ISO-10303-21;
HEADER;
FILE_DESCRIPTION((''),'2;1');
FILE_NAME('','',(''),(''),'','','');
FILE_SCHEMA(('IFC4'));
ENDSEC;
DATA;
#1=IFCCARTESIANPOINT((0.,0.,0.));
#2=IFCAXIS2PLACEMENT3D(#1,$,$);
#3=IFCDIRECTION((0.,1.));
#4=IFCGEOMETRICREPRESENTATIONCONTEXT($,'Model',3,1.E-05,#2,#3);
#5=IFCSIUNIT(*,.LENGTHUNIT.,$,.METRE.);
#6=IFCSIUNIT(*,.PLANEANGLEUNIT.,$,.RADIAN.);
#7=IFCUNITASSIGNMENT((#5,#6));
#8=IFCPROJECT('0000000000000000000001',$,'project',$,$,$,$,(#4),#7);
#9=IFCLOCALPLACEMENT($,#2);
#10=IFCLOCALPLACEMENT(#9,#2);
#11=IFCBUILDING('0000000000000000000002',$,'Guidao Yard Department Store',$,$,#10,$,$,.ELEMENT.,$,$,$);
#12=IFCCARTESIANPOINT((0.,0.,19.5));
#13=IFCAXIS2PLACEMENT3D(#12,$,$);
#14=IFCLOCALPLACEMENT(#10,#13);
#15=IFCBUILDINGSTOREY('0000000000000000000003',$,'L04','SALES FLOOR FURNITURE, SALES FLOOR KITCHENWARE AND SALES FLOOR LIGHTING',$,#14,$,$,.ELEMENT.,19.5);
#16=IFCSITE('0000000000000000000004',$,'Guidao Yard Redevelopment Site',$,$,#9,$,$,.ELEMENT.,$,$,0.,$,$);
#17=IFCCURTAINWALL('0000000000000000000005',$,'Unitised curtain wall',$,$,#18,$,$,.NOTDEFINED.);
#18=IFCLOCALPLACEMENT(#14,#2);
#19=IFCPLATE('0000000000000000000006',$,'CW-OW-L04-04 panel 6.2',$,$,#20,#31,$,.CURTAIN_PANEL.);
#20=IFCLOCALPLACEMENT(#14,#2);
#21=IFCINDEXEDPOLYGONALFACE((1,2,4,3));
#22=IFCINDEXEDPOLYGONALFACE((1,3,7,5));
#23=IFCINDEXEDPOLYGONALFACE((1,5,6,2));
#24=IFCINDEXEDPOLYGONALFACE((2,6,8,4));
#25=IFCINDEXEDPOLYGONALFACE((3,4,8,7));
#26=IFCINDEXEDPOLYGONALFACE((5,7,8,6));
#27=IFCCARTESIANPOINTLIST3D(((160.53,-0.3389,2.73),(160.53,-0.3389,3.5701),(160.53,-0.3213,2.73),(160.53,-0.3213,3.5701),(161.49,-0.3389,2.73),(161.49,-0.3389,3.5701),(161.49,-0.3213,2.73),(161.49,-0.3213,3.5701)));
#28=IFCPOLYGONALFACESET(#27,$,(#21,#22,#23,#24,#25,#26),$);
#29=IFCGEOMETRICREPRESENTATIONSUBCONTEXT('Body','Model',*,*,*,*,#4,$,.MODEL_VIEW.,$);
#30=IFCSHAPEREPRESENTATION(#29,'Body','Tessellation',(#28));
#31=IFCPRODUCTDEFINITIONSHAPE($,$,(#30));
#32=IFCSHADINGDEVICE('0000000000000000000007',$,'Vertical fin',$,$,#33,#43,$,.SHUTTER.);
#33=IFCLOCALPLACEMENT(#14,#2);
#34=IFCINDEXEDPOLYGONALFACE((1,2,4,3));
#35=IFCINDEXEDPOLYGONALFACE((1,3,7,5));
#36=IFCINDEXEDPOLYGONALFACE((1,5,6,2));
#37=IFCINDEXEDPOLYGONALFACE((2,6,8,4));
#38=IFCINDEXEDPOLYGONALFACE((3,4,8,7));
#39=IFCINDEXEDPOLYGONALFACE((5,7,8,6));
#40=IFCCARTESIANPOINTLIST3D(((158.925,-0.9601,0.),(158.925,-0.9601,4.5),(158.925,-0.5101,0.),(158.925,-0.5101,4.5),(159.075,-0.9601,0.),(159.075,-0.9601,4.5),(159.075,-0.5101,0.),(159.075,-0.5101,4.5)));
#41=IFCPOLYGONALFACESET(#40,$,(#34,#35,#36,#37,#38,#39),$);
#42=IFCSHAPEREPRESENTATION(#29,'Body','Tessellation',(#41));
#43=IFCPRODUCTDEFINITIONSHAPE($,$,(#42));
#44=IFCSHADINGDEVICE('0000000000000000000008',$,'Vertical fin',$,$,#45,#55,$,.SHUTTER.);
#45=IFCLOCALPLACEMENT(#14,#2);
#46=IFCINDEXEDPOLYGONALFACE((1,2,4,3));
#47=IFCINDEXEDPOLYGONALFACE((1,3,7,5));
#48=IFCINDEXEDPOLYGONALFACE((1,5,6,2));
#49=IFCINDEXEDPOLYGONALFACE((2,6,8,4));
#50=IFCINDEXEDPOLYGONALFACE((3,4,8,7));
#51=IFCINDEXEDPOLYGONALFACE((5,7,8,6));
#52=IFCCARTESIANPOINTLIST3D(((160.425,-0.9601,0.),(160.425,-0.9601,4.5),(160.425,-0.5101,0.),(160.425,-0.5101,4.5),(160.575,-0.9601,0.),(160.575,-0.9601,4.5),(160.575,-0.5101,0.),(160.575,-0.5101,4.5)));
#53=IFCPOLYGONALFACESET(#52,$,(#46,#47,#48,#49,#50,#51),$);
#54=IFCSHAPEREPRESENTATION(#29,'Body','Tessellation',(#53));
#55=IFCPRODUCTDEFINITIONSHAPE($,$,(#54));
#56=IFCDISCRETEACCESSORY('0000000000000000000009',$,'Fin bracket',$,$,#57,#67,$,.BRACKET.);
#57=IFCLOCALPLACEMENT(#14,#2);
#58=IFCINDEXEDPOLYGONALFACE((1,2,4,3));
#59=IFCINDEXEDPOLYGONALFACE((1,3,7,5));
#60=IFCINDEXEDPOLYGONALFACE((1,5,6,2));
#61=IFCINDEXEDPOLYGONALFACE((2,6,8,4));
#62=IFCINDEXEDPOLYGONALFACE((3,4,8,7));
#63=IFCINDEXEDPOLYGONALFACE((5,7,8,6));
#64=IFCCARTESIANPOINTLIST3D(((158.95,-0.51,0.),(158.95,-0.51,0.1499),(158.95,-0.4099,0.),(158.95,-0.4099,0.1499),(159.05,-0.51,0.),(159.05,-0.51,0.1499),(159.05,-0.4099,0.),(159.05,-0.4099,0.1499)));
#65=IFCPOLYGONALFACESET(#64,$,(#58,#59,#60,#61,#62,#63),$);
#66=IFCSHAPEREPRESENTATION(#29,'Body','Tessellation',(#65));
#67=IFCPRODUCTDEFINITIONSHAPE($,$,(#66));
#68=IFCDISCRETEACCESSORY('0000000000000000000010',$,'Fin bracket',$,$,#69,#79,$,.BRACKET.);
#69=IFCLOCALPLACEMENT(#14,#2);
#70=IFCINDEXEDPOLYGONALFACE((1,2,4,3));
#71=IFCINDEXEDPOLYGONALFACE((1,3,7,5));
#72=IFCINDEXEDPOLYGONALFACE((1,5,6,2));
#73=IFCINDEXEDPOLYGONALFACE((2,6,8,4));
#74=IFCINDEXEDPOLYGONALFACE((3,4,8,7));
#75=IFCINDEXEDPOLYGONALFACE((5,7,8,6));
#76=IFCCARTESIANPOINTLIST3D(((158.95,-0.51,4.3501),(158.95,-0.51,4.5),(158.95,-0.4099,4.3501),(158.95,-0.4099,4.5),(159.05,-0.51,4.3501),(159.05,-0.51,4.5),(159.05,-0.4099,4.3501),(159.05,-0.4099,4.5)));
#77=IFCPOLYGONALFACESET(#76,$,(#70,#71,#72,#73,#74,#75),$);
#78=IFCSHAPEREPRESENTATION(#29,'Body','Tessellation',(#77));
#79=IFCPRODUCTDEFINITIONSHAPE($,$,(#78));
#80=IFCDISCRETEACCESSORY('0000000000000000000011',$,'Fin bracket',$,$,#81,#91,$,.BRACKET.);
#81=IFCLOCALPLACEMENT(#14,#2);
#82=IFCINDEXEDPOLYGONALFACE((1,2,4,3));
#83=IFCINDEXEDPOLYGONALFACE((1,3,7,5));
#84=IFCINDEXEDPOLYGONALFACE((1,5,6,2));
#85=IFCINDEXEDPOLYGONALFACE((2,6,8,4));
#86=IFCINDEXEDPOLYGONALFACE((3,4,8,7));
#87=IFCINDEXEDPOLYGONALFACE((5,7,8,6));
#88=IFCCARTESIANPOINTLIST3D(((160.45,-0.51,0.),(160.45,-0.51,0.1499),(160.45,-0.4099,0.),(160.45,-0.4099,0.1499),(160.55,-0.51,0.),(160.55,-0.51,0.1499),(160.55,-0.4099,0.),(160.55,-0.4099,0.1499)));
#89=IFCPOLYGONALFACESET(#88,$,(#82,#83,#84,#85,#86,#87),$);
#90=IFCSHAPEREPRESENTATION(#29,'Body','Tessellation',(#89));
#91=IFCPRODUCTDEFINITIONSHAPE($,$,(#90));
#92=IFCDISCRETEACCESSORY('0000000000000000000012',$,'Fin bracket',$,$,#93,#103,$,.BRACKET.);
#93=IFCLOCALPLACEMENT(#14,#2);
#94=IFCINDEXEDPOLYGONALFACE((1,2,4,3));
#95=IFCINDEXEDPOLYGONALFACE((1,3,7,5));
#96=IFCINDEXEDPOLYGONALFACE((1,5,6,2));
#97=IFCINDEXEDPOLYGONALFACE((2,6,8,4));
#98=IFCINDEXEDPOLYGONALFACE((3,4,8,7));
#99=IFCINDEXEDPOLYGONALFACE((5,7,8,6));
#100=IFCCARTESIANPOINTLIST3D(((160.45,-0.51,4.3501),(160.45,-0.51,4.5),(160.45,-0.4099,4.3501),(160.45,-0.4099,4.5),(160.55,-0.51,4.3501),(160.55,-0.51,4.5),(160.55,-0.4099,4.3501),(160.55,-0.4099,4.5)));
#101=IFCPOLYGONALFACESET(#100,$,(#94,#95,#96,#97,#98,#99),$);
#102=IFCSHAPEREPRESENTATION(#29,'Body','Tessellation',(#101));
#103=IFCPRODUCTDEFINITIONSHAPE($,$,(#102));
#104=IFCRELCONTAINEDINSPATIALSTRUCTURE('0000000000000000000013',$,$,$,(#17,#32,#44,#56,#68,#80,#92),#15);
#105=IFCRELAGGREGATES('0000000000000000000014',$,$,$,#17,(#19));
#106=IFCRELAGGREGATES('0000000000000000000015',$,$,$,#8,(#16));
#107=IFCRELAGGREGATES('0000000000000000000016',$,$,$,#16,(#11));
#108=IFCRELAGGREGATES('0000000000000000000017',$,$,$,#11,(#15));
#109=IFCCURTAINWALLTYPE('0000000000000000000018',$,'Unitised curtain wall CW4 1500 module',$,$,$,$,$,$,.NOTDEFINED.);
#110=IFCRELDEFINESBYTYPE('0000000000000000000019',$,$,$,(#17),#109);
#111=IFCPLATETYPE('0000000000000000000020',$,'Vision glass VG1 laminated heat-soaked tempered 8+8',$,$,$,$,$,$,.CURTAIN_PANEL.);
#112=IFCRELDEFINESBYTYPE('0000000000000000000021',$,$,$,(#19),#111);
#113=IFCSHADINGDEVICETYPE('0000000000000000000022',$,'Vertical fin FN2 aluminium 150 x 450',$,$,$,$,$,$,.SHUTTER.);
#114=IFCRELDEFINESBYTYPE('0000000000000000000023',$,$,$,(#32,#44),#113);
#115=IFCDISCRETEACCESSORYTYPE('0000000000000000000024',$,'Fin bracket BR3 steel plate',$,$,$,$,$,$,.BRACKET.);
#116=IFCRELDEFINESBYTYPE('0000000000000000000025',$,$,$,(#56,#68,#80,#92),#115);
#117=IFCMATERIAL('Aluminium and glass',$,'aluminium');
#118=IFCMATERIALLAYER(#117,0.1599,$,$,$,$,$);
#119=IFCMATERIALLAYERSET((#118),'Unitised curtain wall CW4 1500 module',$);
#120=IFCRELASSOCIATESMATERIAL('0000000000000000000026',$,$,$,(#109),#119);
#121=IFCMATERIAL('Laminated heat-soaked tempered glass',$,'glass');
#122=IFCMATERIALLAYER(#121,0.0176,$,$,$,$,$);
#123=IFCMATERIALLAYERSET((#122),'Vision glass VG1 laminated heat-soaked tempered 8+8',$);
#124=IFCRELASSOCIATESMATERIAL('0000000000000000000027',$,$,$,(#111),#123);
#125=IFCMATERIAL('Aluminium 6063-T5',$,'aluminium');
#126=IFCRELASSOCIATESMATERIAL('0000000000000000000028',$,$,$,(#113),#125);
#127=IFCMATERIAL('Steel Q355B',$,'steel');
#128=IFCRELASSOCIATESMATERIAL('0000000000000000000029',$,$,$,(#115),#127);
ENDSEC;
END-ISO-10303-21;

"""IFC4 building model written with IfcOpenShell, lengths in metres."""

from ifc_helpers import new_model, si_unit, direction, frame, origin, origin_2d, place, context, subcontext, project, spatial, rectangle, extrude, material, layer, layer_set, type_object, element, aggregate, save


model = new_model("IFC4")

# Units and contexts
model_context = context("Model", 3, precision=1e-05, world=origin(), true_north=direction((0.0, 1.0)))
body_context = subcontext(model_context, "Body", "Model", "MODEL_VIEW")
ifc_project = project(units=[si_unit("LENGTHUNIT", "METRE"), si_unit("PLANEANGLEUNIT", "RADIAN")], contexts=[model_context])

# Site, building, storey
site_placement = place(None, origin())
site = spatial("IfcSite", under=ifc_project, at=site_placement, Name="Guidao Yard Redevelopment Site", CompositionType="ELEMENT", RefElevation=0.0)
building_placement = place(site_placement, origin())
building = spatial("IfcBuilding", under=site, at=building_placement, Name="Guidao Yard Department Store", CompositionType="ELEMENT")
storey_placement = place(building_placement, frame((0.0, 0.0, 19.5)))
storey = spatial("IfcBuildingStorey", under=building, at=storey_placement, Name="L04", Description="SALES FLOOR FURNITURE, SALES FLOOR KITCHENWARE AND SALES FLOOR LIGHTING", CompositionType="ELEMENT", Elevation=19.5)

# Curtain wall, plate
ifc_material_1 = material(Name="Aluminium and glass", Category="aluminium")
ifc_layer_1 = layer(ifc_material_1, 0.1599)
ifc_layer_set_1 = layer_set([ifc_layer_1], Name="Unitised curtain wall CW4 1500 module")
curtain_wall_type = type_object("IfcCurtainWallType", Name="Unitised curtain wall CW4 1500 module", PredefinedType="NOTDEFINED", material=ifc_layer_set_1)
curtain_wall_placement = place(storey_placement, origin())
curtain_wall = element("IfcCurtainWall", 1, at=curtain_wall_placement, inside=storey, type_object=curtain_wall_type, Name="Unitised curtain wall", PredefinedType="NOTDEFINED")
ifc_material_2 = material(Name="Laminated heat-soaked tempered glass", Category="glass")
ifc_layer_2 = layer(ifc_material_2, 0.0176)
ifc_layer_set_2 = layer_set([ifc_layer_2], Name="Vision glass VG1 laminated heat-soaked tempered 8+8")
plate_type_1 = type_object("IfcPlateType", Name="Vision glass VG1 laminated heat-soaked tempered 8+8", PredefinedType="CURTAIN_PANEL", material=ifc_layer_set_2)
plate_1_placement = place(storey_placement, frame((161.01, -0.3301, 2.73), z_axis=(0.0, 0.0, 1.0), x_axis=(-1.0, 0.0, 0.0)))
plate_1 = element("IfcPlate", 2, at=plate_1_placement, type_object=plate_type_1, Name="CW-OW-L04-04 panel 6.2", PredefinedType="CURTAIN_PANEL", context=body_context, shape_type="SweptSolid", body=[
    extrude(rectangle(XDim=0.96, YDim=0.0176, at=origin_2d()), origin(), (0.0, 0.0, 1.0), 0.8401),
])
aggregate(curtain_wall, [plate_1])

# Shading devices
ifc_material_3 = material(Name="Aluminium 6063-T5", Category="aluminium")
shading_device_type = type_object("IfcShadingDeviceType", Name="Vertical fin FN2 aluminium 150 x 450", PredefinedType="SHUTTER", material=ifc_material_3)
for number, where, z_axis, x_axis, name in (
    (3, (159.0, -0.7351, 0.0), (0.0, 0.0, 1.0), (-1.0, 0.0, 0.0), "Vertical fin"),
    (4, (160.5, -0.7351, 0.0), (0.0, 0.0, 1.0), (-1.0, 0.0, 0.0), "Vertical fin"),
):
    element("IfcShadingDevice", number, at=place(storey_placement, frame(where, z_axis=z_axis, x_axis=x_axis)), inside=storey, type_object=shading_device_type, Name=name, PredefinedType="SHUTTER", context=body_context, shape_type="SweptSolid", body=[
        extrude(rectangle(XDim=0.1499, YDim=0.45, at=origin_2d()), origin(), (0.0, 0.0, 1.0), 4.5),
    ])

# Discrete accessories
ifc_material_4 = material(Name="Steel Q355B", Category="steel")
discrete_accessory_type = type_object("IfcDiscreteAccessoryType", Name="Fin bracket BR3 steel plate", PredefinedType="BRACKET", material=ifc_material_4)
for number, where, z_axis, x_axis, name in (
    (5, (159.0, -0.46, 0.0), (0.0, 0.0, 1.0), (-1.0, 0.0, 0.0), "Fin bracket"),
    (6, (159.0, -0.46, 4.3501), (0.0, 0.0, 1.0), (-1.0, 0.0, 0.0), "Fin bracket"),
    (7, (160.5, -0.46, 0.0), (0.0, 0.0, 1.0), (-1.0, 0.0, 0.0), "Fin bracket"),
    (8, (160.5, -0.46, 4.3501), (0.0, 0.0, 1.0), (-1.0, 0.0, 0.0), "Fin bracket"),
):
    element("IfcDiscreteAccessory", number, at=place(storey_placement, frame(where, z_axis=z_axis, x_axis=x_axis)), inside=storey, type_object=discrete_accessory_type, Name=name, PredefinedType="BRACKET", context=body_context, shape_type="SweptSolid", body=[
        extrude(rectangle(XDim=0.1001, YDim=0.1001, at=origin_2d()), origin(), (0.0, 0.0, 1.0), 0.1499),
    ])

save(model, "model.ifc")
